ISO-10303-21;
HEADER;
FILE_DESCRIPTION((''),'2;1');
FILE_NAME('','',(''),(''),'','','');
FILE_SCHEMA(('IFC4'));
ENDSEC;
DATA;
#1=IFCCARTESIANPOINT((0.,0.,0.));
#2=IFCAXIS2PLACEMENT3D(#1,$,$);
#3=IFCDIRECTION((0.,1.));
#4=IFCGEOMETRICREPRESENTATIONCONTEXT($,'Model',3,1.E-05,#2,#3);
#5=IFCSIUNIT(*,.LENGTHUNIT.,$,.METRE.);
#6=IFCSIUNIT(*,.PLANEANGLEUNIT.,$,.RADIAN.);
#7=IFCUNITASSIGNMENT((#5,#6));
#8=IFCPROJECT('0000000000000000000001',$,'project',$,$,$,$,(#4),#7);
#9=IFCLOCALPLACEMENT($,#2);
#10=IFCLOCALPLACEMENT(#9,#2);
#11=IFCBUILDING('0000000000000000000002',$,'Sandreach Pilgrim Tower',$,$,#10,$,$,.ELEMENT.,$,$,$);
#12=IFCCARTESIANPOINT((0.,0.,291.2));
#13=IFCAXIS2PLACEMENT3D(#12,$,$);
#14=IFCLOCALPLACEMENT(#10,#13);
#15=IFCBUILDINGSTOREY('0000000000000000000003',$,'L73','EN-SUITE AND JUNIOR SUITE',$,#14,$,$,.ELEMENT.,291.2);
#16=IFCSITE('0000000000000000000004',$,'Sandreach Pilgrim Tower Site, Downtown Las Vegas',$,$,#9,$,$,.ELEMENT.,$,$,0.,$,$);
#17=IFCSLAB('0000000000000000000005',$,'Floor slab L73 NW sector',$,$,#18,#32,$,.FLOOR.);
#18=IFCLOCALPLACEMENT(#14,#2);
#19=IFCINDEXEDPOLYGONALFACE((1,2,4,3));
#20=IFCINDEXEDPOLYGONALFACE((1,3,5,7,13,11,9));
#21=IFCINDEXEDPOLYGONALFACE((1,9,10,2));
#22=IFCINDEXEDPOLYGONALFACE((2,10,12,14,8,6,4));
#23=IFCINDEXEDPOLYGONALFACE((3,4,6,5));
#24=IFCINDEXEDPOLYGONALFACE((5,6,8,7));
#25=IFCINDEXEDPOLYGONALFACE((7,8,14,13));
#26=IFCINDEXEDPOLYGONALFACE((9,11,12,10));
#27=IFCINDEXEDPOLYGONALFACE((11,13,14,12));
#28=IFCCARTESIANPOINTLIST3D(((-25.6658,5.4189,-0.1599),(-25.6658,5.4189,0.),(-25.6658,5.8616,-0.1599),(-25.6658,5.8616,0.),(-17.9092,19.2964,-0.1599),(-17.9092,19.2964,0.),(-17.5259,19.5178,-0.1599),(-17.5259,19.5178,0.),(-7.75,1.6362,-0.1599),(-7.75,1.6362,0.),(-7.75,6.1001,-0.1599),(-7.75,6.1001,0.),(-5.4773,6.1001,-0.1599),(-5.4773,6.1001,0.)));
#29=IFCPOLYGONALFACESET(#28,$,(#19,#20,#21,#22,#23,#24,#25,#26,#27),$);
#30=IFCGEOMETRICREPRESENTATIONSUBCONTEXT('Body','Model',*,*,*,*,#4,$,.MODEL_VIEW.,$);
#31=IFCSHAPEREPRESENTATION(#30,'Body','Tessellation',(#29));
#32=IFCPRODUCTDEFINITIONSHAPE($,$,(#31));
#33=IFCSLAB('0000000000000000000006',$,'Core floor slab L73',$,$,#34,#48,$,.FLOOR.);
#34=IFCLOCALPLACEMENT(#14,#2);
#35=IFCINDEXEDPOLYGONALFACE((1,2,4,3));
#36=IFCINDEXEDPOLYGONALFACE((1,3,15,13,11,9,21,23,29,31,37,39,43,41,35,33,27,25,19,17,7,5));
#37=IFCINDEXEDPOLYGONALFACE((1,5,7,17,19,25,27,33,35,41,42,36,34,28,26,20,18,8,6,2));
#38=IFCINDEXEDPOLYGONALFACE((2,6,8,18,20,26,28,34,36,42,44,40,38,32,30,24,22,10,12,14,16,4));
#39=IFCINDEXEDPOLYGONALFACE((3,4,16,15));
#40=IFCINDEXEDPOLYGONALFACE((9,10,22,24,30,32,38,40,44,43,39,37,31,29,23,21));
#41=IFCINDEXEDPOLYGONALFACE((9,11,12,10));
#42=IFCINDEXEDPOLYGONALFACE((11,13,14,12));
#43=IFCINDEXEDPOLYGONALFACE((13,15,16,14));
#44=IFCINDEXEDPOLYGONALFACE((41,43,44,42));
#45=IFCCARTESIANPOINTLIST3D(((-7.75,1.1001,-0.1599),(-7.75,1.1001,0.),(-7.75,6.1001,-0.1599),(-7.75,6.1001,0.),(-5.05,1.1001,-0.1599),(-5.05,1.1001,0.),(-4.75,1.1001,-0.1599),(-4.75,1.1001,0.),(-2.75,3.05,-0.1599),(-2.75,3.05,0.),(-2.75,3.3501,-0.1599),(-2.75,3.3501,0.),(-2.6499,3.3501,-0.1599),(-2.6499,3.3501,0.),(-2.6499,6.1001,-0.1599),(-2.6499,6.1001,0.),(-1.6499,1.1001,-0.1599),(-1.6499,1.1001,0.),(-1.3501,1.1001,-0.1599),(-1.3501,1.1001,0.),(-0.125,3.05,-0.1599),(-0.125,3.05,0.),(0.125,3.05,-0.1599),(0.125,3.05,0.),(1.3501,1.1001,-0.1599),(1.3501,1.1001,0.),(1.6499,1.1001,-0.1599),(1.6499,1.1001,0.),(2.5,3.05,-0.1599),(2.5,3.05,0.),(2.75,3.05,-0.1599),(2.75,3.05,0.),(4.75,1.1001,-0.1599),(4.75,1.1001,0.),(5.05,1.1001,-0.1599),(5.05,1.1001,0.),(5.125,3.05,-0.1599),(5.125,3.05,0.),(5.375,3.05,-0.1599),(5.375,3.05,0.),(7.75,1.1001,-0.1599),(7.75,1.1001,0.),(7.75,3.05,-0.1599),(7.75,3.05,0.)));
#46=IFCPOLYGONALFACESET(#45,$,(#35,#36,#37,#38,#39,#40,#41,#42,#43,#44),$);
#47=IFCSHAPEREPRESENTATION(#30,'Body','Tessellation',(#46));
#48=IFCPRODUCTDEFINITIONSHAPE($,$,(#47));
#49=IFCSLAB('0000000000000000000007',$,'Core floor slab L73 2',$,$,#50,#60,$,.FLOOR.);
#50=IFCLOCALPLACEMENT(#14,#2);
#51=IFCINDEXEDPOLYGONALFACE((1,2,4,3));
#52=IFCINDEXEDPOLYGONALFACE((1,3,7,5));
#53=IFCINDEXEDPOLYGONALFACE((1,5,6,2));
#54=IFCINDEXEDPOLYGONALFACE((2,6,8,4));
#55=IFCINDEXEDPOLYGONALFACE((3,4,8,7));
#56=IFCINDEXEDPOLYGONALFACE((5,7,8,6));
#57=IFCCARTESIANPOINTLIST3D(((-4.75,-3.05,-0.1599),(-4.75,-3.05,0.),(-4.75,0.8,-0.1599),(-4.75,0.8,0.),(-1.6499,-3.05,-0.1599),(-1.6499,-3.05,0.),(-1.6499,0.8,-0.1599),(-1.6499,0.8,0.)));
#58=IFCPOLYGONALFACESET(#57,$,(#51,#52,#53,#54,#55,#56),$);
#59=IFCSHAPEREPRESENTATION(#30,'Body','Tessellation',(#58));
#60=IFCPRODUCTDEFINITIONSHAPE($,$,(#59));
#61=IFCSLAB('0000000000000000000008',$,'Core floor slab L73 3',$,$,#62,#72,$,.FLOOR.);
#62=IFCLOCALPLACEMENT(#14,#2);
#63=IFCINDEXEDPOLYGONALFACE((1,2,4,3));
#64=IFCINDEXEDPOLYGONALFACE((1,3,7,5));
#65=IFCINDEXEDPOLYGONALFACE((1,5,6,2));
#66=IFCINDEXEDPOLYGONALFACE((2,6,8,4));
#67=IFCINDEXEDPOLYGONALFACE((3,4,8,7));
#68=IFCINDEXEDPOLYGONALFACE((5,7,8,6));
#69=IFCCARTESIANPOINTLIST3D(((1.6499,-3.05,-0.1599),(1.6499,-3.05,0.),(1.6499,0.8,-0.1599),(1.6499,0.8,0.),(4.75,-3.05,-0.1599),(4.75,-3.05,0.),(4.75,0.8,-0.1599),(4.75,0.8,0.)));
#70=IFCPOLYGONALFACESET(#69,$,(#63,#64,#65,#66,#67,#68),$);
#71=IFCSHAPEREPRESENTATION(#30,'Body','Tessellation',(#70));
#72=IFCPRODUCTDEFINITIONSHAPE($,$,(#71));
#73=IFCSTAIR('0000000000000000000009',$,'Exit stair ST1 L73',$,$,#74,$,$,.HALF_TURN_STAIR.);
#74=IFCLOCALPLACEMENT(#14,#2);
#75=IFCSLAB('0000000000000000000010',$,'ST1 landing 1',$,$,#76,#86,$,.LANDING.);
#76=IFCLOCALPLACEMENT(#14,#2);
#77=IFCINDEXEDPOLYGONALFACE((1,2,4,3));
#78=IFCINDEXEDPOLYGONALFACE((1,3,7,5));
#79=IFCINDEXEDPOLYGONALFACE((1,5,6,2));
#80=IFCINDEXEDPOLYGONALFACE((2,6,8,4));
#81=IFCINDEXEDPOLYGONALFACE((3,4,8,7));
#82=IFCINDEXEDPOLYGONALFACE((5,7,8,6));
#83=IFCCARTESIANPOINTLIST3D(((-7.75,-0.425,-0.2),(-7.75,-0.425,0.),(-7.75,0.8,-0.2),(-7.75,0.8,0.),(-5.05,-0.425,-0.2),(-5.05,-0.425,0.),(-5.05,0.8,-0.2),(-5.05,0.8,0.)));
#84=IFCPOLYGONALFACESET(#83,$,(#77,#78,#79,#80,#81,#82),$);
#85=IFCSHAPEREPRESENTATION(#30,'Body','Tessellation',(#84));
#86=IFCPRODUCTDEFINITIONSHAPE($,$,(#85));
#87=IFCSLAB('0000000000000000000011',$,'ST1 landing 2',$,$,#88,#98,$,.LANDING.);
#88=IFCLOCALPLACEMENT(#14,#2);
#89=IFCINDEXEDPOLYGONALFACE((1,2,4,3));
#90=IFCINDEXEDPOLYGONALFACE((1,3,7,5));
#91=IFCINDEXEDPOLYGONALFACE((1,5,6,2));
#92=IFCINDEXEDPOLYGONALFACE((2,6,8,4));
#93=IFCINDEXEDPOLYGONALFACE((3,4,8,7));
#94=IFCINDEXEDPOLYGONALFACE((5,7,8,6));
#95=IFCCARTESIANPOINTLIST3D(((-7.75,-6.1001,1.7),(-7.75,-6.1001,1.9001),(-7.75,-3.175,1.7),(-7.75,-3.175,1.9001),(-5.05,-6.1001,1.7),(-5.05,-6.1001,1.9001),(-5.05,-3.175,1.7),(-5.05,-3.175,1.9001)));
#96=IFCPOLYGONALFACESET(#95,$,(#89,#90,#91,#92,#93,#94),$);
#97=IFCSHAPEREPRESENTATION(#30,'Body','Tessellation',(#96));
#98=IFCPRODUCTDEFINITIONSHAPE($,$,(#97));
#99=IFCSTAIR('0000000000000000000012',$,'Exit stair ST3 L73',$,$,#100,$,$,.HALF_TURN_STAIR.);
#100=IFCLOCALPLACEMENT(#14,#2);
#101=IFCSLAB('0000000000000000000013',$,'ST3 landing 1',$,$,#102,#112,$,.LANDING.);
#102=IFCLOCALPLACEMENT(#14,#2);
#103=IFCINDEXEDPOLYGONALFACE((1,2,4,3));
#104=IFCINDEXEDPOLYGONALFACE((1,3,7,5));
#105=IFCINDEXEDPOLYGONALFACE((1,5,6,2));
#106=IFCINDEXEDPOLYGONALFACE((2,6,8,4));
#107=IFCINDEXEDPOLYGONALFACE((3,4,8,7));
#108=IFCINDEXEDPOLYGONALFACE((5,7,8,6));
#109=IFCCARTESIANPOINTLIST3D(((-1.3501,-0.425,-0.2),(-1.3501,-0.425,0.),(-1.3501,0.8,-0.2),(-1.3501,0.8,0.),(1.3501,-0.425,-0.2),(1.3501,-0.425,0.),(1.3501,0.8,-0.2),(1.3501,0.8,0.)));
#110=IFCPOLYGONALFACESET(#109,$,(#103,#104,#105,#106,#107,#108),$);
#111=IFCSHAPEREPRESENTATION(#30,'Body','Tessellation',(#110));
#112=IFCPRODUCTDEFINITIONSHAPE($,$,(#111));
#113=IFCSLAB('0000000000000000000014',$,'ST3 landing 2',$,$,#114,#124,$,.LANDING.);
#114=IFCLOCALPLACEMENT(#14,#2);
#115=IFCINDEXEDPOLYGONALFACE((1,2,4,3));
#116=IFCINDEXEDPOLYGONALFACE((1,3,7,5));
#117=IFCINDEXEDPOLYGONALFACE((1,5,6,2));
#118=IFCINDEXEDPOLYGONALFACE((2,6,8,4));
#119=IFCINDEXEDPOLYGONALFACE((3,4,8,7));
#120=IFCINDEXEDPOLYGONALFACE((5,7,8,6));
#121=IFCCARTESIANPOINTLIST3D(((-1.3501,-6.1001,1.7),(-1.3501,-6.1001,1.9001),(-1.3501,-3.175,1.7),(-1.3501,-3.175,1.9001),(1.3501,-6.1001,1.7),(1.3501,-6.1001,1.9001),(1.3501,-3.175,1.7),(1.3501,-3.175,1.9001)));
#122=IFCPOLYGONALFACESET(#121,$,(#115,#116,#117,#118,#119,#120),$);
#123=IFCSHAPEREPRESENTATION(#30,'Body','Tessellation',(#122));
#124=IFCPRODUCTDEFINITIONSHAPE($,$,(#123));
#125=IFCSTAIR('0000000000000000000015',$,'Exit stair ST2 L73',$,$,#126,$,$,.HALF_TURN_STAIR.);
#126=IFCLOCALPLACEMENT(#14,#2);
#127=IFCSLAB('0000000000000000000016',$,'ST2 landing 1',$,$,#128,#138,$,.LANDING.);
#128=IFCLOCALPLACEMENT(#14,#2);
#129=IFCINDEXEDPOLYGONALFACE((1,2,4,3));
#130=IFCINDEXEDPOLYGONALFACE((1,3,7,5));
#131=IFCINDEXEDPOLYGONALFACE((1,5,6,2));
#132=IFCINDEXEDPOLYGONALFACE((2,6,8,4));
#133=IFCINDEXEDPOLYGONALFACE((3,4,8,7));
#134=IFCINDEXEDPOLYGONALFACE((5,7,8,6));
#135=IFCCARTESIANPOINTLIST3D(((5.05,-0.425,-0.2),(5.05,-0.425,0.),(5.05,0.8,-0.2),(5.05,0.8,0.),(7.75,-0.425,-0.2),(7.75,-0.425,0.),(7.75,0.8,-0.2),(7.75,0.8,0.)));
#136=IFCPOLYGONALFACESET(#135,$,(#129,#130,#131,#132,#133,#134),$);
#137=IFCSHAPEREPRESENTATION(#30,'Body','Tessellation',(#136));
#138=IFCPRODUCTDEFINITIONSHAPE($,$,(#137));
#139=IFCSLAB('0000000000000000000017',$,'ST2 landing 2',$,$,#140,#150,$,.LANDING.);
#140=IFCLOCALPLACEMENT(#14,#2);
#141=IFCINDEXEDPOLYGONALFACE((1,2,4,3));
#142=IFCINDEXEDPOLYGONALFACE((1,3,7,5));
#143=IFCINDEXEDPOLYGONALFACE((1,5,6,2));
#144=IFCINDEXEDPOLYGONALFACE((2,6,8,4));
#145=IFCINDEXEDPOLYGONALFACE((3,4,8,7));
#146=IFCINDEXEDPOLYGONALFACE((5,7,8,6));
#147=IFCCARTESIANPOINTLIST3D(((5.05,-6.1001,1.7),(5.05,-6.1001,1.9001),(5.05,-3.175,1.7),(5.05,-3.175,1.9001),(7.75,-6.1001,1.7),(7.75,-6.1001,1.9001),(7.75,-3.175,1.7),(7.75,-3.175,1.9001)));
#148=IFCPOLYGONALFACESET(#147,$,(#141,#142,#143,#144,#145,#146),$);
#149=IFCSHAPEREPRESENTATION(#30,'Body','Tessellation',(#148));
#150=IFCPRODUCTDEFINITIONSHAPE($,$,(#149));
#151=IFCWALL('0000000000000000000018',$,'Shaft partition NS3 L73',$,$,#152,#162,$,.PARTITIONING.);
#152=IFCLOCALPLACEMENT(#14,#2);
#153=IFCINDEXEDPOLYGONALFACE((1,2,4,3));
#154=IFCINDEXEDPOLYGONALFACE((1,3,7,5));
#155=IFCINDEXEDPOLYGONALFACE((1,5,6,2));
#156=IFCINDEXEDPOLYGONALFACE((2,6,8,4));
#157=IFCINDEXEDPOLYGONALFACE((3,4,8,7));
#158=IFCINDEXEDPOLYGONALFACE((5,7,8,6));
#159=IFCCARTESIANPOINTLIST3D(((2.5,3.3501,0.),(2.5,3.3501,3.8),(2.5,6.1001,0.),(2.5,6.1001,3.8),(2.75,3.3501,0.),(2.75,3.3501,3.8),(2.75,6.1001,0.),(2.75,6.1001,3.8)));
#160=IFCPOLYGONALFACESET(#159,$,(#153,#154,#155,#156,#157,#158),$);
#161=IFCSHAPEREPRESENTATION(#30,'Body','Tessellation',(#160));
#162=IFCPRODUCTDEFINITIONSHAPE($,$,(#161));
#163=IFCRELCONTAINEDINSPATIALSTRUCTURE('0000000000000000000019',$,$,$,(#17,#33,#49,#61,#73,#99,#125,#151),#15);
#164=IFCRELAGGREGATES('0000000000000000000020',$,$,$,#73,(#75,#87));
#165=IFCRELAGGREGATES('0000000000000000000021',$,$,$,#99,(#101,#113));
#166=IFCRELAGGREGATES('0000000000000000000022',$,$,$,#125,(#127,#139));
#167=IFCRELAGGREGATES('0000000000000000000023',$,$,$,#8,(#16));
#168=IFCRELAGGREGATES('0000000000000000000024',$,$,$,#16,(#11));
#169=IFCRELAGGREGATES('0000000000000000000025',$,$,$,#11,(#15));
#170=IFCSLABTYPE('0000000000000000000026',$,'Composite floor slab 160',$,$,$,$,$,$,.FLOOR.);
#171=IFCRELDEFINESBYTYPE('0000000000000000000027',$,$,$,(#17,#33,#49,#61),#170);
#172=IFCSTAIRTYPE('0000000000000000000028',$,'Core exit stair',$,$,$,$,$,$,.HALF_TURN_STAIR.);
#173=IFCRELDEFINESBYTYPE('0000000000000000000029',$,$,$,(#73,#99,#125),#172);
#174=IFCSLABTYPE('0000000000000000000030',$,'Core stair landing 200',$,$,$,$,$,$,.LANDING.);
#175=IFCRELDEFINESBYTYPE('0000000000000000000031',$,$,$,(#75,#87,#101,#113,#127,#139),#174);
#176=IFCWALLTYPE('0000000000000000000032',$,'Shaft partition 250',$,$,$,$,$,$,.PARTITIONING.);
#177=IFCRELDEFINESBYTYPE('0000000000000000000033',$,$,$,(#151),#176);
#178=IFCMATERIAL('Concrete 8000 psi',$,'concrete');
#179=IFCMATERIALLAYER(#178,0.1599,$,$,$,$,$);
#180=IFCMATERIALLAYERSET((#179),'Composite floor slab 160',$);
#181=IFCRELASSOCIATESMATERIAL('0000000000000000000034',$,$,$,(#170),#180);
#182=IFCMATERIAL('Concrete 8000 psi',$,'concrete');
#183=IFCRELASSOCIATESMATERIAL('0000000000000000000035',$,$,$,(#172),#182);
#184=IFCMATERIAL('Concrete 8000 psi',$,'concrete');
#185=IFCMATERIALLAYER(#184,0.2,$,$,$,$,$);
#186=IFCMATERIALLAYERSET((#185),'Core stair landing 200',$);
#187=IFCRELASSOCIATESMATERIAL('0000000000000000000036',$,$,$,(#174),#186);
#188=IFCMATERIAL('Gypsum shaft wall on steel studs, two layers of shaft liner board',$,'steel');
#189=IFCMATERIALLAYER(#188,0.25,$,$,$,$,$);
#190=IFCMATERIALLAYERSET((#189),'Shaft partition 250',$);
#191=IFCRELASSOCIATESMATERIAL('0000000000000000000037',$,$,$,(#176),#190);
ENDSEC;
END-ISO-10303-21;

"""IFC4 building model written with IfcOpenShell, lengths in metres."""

from ifc_helpers import new_model, si_unit, direction, frame, frame_2d, origin, place, context, subcontext, project, spatial, polyline, rectangle, outline, extrude, material, layer, layer_set, type_object, element, aggregate, save


model = new_model("IFC4")

# Units and contexts
model_context = context("Model", 3, precision=1e-05, world=origin(), true_north=direction((0.0, 1.0)))
body_context = subcontext(model_context, "Body", "Model", "MODEL_VIEW")
ifc_project = project(units=[si_unit("LENGTHUNIT", "METRE"), si_unit("PLANEANGLEUNIT", "RADIAN")], contexts=[model_context])

# Site, building, storey
site_placement = place(None, origin())
site = spatial("IfcSite", under=ifc_project, at=site_placement, Name="Sandreach Pilgrim Tower Site, Downtown Las Vegas", CompositionType="ELEMENT", RefElevation=0.0)
building_placement = place(site_placement, origin())
building = spatial("IfcBuilding", under=site, at=building_placement, Name="Sandreach Pilgrim Tower", CompositionType="ELEMENT")
storey_placement = place(building_placement, frame((0.0, 0.0, 291.2)))
storey = spatial("IfcBuildingStorey", under=building, at=storey_placement, Name="L73", Description="EN-SUITE AND JUNIOR SUITE", CompositionType="ELEMENT", Elevation=291.2)

# Slabs
ifc_material_1 = material(Name="Concrete 8000 psi", Category="concrete")
ifc_layer_1 = layer(ifc_material_1, 0.1599)
ifc_layer_set_1 = layer_set([ifc_layer_1], Name="Composite floor slab 160")
slab_type_1 = type_object("IfcSlabType", Name="Composite floor slab 160", PredefinedType="FLOOR", material=ifc_layer_set_1)
slab_1_placement = place(storey_placement, frame((0.0, 0.0, -0.1599)))
element("IfcSlab", 1, at=slab_1_placement, inside=storey, type_object=slab_type_1, Name="Floor slab L73 NW sector", PredefinedType="FLOOR", context=body_context, shape_type="SweptSolid", body=[
    extrude(outline(polyline([(-25.6658, 5.8616), (-17.9092, 19.2964), (-17.5259, 19.5178), (-5.4773, 6.1001), (-7.75, 6.1001), (-7.75, 1.6362), (-25.6658, 5.4189), (-25.6658, 5.8616)])), origin(), (0.0, 0.0, 1.0), 0.1599),
])
slab_2_placement = place(storey_placement, frame((0.0, 0.0, -0.1599)))
element("IfcSlab", 2, at=slab_2_placement, inside=storey, type_object=slab_type_1, Name="Core floor slab L73", PredefinedType="FLOOR", context=body_context, shape_type="SweptSolid", body=[
    extrude(outline(polyline([(-2.75, 3.3501), (-2.75, 3.05), (-0.125, 3.05), (0.125, 3.05), (2.5, 3.05), (2.75, 3.05), (5.125, 3.05), (5.375, 3.05), (7.75, 3.05), (7.75, 1.1001), (5.05, 1.1001), (4.75, 1.1001), (1.6499, 1.1001), (1.3501, 1.1001), (-1.3501, 1.1001), (-1.6499, 1.1001), (-4.75, 1.1001), (-5.05, 1.1001), (-7.75, 1.1001), (-7.75, 6.1001), (-2.6499, 6.1001), (-2.6499, 3.3501), (-2.75, 3.3501)])), origin(), (0.0, 0.0, 1.0), 0.1599),
])
slab_3_placement = place(storey_placement, frame((0.0, 0.0, -0.1599)))
element("IfcSlab", 3, at=slab_3_placement, inside=storey, type_object=slab_type_1, Name="Core floor slab L73 2", PredefinedType="FLOOR", context=body_context, shape_type="SweptSolid", body=[
    extrude(outline(polyline([(-1.6499, -3.05), (-4.75, -3.05), (-4.75, 0.8), (-1.6499, 0.8), (-1.6499, -3.05)])), origin(), (0.0, 0.0, 1.0), 0.1599),
])
slab_4_placement = place(storey_placement, frame((0.0, 0.0, -0.1599)))
element("IfcSlab", 4, at=slab_4_placement, inside=storey, type_object=slab_type_1, Name="Core floor slab L73 3", PredefinedType="FLOOR", context=body_context, shape_type="SweptSolid", body=[
    extrude(outline(polyline([(4.75, -3.05), (1.6499, -3.05), (1.6499, 0.8), (4.75, 0.8), (4.75, -3.05)])), origin(), (0.0, 0.0, 1.0), 0.1599),
])

# Stairs, slabs
ifc_material_2 = material(Name="Concrete 8000 psi", Category="concrete")
stair_type = type_object("IfcStairType", Name="Core exit stair", PredefinedType="HALF_TURN_STAIR", material=ifc_material_2)
stair_1_placement = place(storey_placement, origin())
stair_1 = element("IfcStair", 5, at=stair_1_placement, inside=storey, type_object=stair_type, Name="Exit stair ST1 L73", PredefinedType="HALF_TURN_STAIR")
ifc_material_3 = material(Name="Concrete 8000 psi", Category="concrete")
ifc_layer_2 = layer(ifc_material_3, 0.2)
ifc_layer_set_2 = layer_set([ifc_layer_2], Name="Core stair landing 200")
slab_type_2 = type_object("IfcSlabType", Name="Core stair landing 200", PredefinedType="LANDING", material=ifc_layer_set_2)
slab_5_placement = place(storey_placement, frame((0.0, 0.0, -0.2)))
slab_5 = element("IfcSlab", 6, at=slab_5_placement, type_object=slab_type_2, Name="ST1 landing 1", PredefinedType="LANDING", context=body_context, shape_type="SweptSolid", body=[
    extrude(outline(polyline([(-7.75, -0.425), (-5.05, -0.425), (-5.05, 0.8), (-7.75, 0.8), (-7.75, -0.425)])), origin(), (0.0, 0.0, 1.0), 0.2),
])
slab_6_placement = place(storey_placement, frame((0.0, 0.0, 1.7)))
slab_6 = element("IfcSlab", 7, at=slab_6_placement, type_object=slab_type_2, Name="ST1 landing 2", PredefinedType="LANDING", context=body_context, shape_type="SweptSolid", body=[
    extrude(outline(polyline([(-7.75, -6.1001), (-5.05, -6.1001), (-5.05, -3.175), (-7.75, -3.175), (-7.75, -6.1001)])), origin(), (0.0, 0.0, 1.0), 0.2002),
])
aggregate(stair_1, [slab_5, slab_6])
stair_2_placement = place(storey_placement, origin())
stair_2 = element("IfcStair", 8, at=stair_2_placement, inside=storey, type_object=stair_type, Name="Exit stair ST3 L73", PredefinedType="HALF_TURN_STAIR")
slab_7_placement = place(storey_placement, frame((0.0, 0.0, -0.2)))
slab_7 = element("IfcSlab", 9, at=slab_7_placement, type_object=slab_type_2, Name="ST3 landing 1", PredefinedType="LANDING", context=body_context, shape_type="SweptSolid", body=[
    extrude(outline(polyline([(-1.3501, -0.425), (1.3501, -0.425), (1.3501, 0.8), (-1.3501, 0.8), (-1.3501, -0.425)])), origin(), (0.0, 0.0, 1.0), 0.2),
])
slab_8_placement = place(storey_placement, frame((0.0, 0.0, 1.7)))
slab_8 = element("IfcSlab", 10, at=slab_8_placement, type_object=slab_type_2, Name="ST3 landing 2", PredefinedType="LANDING", context=body_context, shape_type="SweptSolid", body=[
    extrude(outline(polyline([(-1.3501, -6.1001), (1.3501, -6.1001), (1.3501, -3.175), (-1.3501, -3.175), (-1.3501, -6.1001)])), origin(), (0.0, 0.0, 1.0), 0.2002),
])
aggregate(stair_2, [slab_7, slab_8])
stair_3_placement = place(storey_placement, origin())
stair_3 = element("IfcStair", 11, at=stair_3_placement, inside=storey, type_object=stair_type, Name="Exit stair ST2 L73", PredefinedType="HALF_TURN_STAIR")
slab_9_placement = place(storey_placement, frame((0.0, 0.0, -0.2)))
slab_9 = element("IfcSlab", 12, at=slab_9_placement, type_object=slab_type_2, Name="ST2 landing 1", PredefinedType="LANDING", context=body_context, shape_type="SweptSolid", body=[
    extrude(outline(polyline([(5.05, -0.425), (7.75, -0.425), (7.75, 0.8), (5.05, 0.8), (5.05, -0.425)])), origin(), (0.0, 0.0, 1.0), 0.2),
])
slab_10_placement = place(storey_placement, frame((0.0, 0.0, 1.7)))
slab_10 = element("IfcSlab", 13, at=slab_10_placement, type_object=slab_type_2, Name="ST2 landing 2", PredefinedType="LANDING", context=body_context, shape_type="SweptSolid", body=[
    extrude(outline(polyline([(5.05, -6.1001), (7.75, -6.1001), (7.75, -3.175), (5.05, -3.175), (5.05, -6.1001)])), origin(), (0.0, 0.0, 1.0), 0.2002),
])
aggregate(stair_3, [slab_9, slab_10])

# Wall
ifc_material_4 = material(Name="Gypsum shaft wall on steel studs, two layers of shaft liner board", Category="steel")
ifc_layer_3 = layer(ifc_material_4, 0.25)
ifc_layer_set_3 = layer_set([ifc_layer_3], Name="Shaft partition 250")
wall_type_1 = type_object("IfcWallType", Name="Shaft partition 250", PredefinedType="PARTITIONING", material=ifc_layer_set_3)
wall_1_placement = place(storey_placement, frame((2.625, 3.3501, 0.0), z_axis=(0.0, 0.0, 1.0), x_axis=(0.0, 1.0, 0.0)))
element("IfcWall", 14, at=wall_1_placement, inside=storey, type_object=wall_type_1, Name="Shaft partition NS3 L73", PredefinedType="PARTITIONING", context=body_context, shape_type="SweptSolid", body=[
    extrude(rectangle(XDim=2.75, YDim=0.25, at=frame_2d((1.375, 0.0))), origin(), (0.0, 0.0, 1.0), 3.8),
])

save(model, "model.ifc")
